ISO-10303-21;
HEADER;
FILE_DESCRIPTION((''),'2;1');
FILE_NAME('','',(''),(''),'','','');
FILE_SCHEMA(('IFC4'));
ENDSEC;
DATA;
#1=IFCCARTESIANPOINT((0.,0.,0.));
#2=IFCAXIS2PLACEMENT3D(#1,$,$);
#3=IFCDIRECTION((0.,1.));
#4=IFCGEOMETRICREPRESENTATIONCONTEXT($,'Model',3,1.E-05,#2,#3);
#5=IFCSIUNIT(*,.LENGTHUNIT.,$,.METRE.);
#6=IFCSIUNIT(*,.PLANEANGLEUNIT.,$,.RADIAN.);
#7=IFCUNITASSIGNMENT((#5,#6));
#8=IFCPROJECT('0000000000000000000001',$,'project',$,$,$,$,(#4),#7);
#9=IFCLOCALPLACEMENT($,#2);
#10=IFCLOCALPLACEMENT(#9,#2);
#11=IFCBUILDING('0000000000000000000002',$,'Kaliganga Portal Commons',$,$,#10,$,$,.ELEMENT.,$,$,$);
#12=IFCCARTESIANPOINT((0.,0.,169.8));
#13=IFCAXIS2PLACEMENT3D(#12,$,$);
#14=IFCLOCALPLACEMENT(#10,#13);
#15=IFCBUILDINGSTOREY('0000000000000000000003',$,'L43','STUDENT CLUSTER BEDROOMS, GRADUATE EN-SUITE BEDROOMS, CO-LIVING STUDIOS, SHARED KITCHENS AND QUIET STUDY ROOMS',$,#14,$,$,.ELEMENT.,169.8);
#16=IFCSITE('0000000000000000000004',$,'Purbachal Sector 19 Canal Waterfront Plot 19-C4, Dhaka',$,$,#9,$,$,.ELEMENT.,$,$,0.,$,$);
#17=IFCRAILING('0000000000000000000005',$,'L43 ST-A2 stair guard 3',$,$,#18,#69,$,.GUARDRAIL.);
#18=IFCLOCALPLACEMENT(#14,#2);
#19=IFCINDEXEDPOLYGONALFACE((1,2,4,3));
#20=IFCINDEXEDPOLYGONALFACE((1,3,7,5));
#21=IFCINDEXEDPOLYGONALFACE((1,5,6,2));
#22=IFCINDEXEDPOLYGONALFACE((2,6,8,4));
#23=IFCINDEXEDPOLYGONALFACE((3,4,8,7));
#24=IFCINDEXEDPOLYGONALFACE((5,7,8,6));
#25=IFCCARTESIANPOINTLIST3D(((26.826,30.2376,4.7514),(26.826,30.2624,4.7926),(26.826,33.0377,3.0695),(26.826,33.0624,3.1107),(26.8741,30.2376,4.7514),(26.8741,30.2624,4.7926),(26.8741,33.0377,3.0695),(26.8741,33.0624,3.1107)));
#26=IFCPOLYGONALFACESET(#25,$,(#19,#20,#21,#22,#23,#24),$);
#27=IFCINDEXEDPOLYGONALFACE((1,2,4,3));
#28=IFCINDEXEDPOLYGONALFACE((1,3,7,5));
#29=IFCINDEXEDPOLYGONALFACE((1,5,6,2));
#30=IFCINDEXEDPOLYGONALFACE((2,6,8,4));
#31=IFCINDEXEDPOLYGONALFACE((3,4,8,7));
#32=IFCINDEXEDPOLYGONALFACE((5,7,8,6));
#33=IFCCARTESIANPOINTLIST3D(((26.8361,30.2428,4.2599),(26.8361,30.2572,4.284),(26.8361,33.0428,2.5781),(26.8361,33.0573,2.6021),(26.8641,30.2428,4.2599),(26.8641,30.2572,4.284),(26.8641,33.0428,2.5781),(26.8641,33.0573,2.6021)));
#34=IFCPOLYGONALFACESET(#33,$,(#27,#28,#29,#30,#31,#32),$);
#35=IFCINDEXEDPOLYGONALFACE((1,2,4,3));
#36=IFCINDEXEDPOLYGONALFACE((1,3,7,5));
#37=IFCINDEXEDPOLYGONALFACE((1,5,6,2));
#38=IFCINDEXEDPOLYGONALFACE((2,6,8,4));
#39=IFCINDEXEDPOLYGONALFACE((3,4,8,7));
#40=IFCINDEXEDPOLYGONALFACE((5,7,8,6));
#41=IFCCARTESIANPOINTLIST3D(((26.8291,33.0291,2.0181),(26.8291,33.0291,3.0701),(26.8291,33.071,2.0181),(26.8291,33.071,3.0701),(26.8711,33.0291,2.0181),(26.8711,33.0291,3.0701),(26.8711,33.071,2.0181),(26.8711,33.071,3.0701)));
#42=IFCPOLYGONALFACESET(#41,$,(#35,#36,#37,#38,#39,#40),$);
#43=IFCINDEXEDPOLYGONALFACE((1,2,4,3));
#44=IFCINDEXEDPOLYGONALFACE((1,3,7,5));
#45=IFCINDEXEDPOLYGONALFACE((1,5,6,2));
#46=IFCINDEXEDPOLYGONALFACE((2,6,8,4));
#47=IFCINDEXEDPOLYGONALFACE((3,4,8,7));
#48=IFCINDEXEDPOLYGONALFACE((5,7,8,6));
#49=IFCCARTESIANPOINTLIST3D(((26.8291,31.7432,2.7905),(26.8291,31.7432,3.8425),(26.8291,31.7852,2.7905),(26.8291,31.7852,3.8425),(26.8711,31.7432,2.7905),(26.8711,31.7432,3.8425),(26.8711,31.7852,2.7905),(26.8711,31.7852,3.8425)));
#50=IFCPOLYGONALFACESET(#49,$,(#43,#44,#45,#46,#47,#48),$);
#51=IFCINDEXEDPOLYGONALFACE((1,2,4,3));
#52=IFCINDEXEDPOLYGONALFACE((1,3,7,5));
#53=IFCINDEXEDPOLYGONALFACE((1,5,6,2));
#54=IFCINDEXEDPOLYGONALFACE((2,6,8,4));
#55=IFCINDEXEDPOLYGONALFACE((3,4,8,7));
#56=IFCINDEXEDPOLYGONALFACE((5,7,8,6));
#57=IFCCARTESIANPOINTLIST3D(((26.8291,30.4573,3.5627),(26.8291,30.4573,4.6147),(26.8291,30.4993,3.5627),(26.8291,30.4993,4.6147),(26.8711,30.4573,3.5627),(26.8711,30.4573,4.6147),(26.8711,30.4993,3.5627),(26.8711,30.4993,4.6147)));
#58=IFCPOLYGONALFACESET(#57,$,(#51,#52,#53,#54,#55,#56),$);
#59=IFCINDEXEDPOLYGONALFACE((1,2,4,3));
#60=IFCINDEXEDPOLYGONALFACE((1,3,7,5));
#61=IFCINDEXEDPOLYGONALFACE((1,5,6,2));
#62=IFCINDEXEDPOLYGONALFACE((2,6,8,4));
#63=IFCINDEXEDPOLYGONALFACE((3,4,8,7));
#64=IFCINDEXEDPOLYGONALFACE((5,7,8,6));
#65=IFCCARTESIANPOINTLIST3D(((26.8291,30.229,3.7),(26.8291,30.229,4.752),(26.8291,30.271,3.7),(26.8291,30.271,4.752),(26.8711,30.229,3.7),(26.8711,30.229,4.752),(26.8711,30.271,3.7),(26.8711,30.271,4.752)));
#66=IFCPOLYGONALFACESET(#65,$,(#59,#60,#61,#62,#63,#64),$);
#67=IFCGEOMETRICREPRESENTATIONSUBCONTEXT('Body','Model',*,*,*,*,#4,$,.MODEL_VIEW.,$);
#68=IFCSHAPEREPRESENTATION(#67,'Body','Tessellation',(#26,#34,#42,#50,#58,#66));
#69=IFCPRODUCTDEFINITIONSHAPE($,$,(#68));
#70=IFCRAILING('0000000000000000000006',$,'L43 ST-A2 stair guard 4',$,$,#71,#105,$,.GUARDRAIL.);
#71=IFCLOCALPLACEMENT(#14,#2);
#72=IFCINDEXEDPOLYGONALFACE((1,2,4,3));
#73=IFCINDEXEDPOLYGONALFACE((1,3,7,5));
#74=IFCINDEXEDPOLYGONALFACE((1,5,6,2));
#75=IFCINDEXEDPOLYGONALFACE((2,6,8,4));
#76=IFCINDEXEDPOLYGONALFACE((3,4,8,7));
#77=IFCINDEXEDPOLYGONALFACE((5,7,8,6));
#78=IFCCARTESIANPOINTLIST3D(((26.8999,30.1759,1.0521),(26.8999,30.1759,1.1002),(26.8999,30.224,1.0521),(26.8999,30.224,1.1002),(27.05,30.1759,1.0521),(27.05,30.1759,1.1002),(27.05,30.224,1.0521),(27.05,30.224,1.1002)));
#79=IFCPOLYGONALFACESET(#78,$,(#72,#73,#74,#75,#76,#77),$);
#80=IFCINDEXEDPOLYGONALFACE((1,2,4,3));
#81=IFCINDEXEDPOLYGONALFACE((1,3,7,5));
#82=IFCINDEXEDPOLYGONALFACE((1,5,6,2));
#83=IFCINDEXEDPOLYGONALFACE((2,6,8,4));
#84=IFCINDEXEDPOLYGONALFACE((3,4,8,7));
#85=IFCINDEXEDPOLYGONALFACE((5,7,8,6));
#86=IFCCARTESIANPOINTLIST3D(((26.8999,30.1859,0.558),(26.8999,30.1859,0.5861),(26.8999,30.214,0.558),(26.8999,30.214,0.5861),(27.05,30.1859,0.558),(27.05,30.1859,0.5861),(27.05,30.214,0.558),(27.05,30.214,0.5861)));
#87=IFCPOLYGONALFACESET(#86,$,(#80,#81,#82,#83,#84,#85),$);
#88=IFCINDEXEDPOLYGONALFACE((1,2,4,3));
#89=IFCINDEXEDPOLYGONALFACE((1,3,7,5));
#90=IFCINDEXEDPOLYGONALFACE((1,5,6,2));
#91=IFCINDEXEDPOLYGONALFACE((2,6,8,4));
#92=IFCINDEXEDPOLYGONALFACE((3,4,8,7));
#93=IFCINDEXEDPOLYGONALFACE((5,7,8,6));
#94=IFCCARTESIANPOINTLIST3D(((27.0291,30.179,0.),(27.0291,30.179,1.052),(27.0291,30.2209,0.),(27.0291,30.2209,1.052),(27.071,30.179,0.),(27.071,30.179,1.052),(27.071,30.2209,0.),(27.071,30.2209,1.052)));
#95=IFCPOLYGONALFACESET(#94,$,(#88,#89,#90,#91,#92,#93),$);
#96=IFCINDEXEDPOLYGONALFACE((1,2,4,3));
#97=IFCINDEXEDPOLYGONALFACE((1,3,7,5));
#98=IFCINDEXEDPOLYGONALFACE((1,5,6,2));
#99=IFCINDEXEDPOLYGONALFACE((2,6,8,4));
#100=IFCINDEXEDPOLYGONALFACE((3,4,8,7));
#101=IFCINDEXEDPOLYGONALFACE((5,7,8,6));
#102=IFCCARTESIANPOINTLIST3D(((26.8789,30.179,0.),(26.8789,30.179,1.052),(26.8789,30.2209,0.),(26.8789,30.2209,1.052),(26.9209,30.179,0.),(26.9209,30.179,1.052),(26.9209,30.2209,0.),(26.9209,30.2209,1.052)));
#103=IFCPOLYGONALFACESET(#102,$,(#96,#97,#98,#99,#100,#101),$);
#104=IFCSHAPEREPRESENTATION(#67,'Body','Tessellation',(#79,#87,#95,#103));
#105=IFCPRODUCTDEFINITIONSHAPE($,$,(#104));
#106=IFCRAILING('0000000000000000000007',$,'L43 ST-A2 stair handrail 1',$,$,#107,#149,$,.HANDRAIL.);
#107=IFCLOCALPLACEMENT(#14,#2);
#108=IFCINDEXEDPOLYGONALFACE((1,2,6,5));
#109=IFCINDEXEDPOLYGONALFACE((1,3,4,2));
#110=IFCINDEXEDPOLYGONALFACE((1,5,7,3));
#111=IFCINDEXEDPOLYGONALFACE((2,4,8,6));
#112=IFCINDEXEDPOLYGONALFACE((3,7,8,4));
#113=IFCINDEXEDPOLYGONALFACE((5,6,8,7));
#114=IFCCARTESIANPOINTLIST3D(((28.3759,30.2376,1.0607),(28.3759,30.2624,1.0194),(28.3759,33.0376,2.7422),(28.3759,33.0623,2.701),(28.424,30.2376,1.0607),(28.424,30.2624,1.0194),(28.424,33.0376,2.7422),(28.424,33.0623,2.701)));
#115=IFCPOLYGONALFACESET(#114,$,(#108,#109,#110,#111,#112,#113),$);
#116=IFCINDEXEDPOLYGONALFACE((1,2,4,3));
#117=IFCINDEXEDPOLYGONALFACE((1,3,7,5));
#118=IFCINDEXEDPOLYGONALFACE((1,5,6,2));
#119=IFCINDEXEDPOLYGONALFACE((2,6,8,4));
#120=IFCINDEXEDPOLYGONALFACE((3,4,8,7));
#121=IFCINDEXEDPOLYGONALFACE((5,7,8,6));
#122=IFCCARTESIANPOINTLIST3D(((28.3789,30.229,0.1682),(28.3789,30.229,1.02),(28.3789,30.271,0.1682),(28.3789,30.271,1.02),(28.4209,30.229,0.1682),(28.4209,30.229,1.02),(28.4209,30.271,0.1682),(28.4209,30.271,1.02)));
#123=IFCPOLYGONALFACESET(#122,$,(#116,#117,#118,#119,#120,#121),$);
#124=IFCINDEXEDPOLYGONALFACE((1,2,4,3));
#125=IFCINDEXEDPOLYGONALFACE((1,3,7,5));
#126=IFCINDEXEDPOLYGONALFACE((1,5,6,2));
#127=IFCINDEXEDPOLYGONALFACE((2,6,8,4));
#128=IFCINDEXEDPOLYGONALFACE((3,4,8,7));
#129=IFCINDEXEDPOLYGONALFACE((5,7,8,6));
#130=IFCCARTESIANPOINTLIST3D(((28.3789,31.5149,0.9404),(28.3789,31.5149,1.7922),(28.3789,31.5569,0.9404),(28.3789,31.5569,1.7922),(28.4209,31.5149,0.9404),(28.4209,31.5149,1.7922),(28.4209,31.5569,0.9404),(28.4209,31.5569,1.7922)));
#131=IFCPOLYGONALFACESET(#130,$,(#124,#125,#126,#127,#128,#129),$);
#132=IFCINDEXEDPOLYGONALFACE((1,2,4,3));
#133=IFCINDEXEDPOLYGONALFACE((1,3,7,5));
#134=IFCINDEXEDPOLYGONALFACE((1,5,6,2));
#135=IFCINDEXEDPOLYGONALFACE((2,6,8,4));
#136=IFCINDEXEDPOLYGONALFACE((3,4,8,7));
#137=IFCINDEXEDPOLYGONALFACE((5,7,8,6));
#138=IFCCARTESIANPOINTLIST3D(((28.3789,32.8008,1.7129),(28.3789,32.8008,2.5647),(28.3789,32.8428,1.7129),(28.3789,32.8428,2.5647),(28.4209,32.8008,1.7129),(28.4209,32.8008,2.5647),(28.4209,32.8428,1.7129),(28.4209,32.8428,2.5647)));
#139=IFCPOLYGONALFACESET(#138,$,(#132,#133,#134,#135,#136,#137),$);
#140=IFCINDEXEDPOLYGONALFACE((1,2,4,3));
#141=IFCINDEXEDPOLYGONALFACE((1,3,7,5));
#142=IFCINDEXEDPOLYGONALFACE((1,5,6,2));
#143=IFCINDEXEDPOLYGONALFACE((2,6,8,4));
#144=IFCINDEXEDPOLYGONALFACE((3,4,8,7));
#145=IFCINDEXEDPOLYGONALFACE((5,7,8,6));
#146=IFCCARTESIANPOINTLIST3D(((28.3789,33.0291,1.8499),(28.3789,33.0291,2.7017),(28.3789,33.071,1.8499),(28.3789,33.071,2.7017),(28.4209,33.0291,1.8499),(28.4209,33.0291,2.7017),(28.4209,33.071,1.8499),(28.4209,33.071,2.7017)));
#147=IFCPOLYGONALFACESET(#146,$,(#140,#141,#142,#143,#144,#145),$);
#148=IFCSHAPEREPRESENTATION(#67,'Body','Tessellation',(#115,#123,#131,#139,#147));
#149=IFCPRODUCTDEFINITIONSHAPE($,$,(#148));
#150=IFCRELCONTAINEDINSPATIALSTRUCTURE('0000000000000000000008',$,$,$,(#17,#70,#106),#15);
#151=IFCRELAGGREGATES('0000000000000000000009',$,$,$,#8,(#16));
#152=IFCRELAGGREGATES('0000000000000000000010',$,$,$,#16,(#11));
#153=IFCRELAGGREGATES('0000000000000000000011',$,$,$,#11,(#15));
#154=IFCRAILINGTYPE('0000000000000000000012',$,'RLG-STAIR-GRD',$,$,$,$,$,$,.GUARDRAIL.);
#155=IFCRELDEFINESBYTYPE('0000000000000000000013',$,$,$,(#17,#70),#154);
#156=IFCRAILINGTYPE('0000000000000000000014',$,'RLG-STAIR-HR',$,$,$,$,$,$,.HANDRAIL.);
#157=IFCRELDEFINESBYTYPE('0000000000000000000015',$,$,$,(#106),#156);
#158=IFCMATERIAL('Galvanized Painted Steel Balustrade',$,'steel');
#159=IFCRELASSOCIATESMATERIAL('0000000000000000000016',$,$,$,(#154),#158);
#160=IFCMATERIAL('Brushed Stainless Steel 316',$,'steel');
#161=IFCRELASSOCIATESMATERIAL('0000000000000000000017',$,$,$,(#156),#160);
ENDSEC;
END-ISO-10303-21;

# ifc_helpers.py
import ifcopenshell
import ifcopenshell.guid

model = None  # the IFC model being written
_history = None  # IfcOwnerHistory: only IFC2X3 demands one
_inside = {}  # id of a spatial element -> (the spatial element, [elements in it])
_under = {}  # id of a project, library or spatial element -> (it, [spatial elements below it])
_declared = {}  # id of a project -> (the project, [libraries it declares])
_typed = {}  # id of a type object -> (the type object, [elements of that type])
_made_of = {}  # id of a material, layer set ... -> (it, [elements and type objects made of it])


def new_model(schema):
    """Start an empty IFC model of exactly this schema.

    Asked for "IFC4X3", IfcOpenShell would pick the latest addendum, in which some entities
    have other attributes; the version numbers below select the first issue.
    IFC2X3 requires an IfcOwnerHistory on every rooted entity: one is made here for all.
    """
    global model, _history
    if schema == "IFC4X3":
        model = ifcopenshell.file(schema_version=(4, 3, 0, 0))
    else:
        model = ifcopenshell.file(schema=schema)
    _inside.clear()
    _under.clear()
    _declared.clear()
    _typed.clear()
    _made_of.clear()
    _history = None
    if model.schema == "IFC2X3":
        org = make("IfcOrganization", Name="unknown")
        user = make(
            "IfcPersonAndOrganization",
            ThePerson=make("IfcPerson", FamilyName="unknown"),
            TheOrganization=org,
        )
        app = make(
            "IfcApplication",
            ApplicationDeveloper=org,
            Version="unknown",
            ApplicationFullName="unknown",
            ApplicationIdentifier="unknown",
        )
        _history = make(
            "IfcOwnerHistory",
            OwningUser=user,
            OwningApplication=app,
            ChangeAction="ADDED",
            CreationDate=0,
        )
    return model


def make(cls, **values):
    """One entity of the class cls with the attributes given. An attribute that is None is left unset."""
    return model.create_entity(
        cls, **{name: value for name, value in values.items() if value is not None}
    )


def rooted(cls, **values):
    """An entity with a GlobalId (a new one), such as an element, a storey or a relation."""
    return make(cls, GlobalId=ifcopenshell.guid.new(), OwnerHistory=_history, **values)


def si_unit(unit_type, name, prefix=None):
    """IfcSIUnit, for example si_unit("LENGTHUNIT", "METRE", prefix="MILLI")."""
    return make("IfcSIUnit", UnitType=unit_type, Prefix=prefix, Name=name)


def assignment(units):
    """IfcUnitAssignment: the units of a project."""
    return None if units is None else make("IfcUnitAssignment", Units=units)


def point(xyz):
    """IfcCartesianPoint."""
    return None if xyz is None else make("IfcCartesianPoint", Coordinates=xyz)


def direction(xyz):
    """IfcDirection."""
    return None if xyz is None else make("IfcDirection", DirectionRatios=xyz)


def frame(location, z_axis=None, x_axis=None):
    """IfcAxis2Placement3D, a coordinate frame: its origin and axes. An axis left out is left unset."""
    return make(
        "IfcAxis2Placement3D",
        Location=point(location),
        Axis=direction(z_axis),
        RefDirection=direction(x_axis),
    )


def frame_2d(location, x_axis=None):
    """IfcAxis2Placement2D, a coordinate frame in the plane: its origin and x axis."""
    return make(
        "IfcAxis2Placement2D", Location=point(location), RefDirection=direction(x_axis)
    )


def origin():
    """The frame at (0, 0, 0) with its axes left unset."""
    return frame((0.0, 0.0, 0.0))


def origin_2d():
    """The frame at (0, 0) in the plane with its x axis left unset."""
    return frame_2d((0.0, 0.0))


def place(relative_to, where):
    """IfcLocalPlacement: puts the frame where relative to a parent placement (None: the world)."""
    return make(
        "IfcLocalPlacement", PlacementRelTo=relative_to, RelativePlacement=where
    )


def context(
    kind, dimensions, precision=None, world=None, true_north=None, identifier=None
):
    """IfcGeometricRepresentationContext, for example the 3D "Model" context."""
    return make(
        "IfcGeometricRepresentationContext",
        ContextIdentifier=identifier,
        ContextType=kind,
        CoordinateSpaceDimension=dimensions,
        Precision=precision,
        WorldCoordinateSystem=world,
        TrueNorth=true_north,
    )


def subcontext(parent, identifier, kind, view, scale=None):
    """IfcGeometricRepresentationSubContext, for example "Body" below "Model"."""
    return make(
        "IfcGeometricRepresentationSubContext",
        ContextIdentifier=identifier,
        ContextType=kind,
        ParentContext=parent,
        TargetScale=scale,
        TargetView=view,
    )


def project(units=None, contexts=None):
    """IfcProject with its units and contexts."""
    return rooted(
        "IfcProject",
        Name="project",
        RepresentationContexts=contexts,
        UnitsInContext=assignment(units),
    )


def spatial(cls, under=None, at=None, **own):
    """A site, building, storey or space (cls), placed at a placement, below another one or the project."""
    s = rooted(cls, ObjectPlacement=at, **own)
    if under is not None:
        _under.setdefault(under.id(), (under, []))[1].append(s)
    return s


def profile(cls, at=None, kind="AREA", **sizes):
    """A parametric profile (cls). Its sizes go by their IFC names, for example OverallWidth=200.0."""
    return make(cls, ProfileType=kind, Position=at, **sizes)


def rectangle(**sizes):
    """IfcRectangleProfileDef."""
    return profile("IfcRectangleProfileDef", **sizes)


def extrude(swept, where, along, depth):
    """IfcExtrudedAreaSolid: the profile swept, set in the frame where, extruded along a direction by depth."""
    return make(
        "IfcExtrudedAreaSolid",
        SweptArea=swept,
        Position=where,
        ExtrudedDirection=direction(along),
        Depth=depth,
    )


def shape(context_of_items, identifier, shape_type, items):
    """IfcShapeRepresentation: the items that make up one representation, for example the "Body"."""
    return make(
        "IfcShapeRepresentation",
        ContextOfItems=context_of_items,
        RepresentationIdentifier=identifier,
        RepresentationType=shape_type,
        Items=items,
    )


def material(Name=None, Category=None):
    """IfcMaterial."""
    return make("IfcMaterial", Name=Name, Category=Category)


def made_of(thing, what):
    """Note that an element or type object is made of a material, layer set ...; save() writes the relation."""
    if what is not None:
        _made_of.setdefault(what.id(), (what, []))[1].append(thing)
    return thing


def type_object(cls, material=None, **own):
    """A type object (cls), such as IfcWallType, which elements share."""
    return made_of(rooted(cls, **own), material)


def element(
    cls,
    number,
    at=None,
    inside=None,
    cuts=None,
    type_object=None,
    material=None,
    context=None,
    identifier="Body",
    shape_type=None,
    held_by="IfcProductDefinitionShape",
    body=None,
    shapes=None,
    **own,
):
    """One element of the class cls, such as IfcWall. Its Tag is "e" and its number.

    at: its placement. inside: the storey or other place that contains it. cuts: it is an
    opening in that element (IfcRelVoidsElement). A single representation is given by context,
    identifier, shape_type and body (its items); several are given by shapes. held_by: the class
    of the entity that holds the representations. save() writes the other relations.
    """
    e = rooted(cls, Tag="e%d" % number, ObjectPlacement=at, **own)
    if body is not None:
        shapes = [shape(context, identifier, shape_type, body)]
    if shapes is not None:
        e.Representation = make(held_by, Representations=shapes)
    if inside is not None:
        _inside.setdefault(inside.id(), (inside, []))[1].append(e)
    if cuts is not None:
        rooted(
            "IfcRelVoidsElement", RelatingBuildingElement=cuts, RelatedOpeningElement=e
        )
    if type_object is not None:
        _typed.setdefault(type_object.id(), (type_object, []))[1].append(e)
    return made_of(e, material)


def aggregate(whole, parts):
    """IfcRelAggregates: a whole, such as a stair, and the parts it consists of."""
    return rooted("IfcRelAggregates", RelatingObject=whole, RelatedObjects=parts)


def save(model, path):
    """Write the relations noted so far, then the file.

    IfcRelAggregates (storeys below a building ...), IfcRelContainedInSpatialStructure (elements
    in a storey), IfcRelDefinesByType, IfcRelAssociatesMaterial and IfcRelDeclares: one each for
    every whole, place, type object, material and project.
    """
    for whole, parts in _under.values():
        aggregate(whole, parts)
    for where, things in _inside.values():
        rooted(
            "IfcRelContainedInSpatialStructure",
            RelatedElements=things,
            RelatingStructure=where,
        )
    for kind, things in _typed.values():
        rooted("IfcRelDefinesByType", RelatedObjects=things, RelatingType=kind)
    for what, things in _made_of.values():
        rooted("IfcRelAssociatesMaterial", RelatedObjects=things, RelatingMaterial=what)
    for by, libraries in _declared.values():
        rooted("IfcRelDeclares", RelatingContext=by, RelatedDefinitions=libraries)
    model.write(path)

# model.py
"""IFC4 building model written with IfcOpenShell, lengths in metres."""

from ifc_helpers import new_model, si_unit, direction, frame, origin, origin_2d, place, context, subcontext, project, spatial, rectangle, extrude, material, type_object, element, save


model = new_model("IFC4")

# Units and contexts
model_context = context("Model", 3, precision=1e-05, world=origin(), true_north=direction((0.0, 1.0)))
body_context = subcontext(model_context, "Body", "Model", "MODEL_VIEW")
ifc_project = project(units=[si_unit("LENGTHUNIT", "METRE"), si_unit("PLANEANGLEUNIT", "RADIAN")], contexts=[model_context])

# Site, building, storey
site_placement = place(None, origin())
site = spatial("IfcSite", under=ifc_project, at=site_placement, Name="Purbachal Sector 19 Canal Waterfront Plot 19-C4, Dhaka", CompositionType="ELEMENT", RefElevation=0.0)
building_placement = place(site_placement, origin())
building = spatial("IfcBuilding", under=site, at=building_placement, Name="Kaliganga Portal Commons", CompositionType="ELEMENT")
storey_placement = place(building_placement, frame((0.0, 0.0, 169.8)))
storey = spatial("IfcBuildingStorey", under=building, at=storey_placement, Name="L43", Description="STUDENT CLUSTER BEDROOMS, GRADUATE EN-SUITE BEDROOMS, CO-LIVING STUDIOS, SHARED KITCHENS AND QUIET STUDY ROOMS", CompositionType="ELEMENT", Elevation=169.8)

# Railings
ifc_material_1 = material(Name="Galvanized Painted Steel Balustrade", Category="steel")
railing_type_1 = type_object("IfcRailingType", Name="RLG-STAIR-GRD", PredefinedType="GUARDRAIL", material=ifc_material_1)
railing_1_placement = place(storey_placement, frame((26.8501, 33.05, 2.0181)))
element("IfcRailing", 1, at=railing_1_placement, inside=storey, type_object=railing_type_1, Name="L43 ST-A2 stair guard 3", PredefinedType="GUARDRAIL", context=body_context, shape_type="SweptSolid", body=[
    extrude(rectangle(XDim=0.0481, YDim=0.0481, at=origin_2d()), frame((0.0, 0.0, 1.072), z_axis=(0.0, -0.857242, 0.514913), x_axis=(1.0, 0.0, 0.0)), (0.0, 0.0, 1.0), 3.2664),
    extrude(rectangle(XDim=0.0281, YDim=0.0281, at=origin_2d()), frame((0.0, 0.0, 0.572), z_axis=(0.0, -0.857242, 0.514913), x_axis=(1.0, 0.0, 0.0)), (0.0, 0.0, 1.0), 3.2664),
    extrude(rectangle(XDim=0.042, YDim=0.042, at=origin_2d()), origin(), (0.0, 0.0, 1.0), 1.052),
    extrude(rectangle(XDim=0.042, YDim=0.042, at=origin_2d()), frame((0.0, -1.2859, 0.7725)), (0.0, 0.0, 1.0), 1.052),
    extrude(rectangle(XDim=0.042, YDim=0.042, at=origin_2d()), frame((0.0, -2.5718, 1.5447)), (0.0, 0.0, 1.0), 1.052),
    extrude(rectangle(XDim=0.042, YDim=0.042, at=origin_2d()), frame((0.0, -2.8, 1.6819)), (0.0, 0.0, 1.0), 1.052),
])
railing_2_placement = place(storey_placement, frame((27.05, 30.2, 0.0)))
element("IfcRailing", 2, at=railing_2_placement, inside=storey, type_object=railing_type_1, Name="L43 ST-A2 stair guard 4", PredefinedType="GUARDRAIL", context=body_context, shape_type="SweptSolid", body=[
    extrude(rectangle(XDim=0.0481, YDim=0.0481, at=origin_2d()), frame((0.0, 0.0, 1.0762), z_axis=(-1.0, 0.0, 0.0), x_axis=(0.0, -1.0, 0.0)), (0.0, 0.0, 1.0), 0.1501),
    extrude(rectangle(XDim=0.0281, YDim=0.0281, at=origin_2d()), frame((0.0, 0.0, 0.572), z_axis=(-1.0, 0.0, 0.0), x_axis=(0.0, -1.0, 0.0)), (0.0, 0.0, 1.0), 0.1501),
    extrude(rectangle(XDim=0.042, YDim=0.042, at=origin_2d()), origin(), (0.0, 0.0, 1.0), 1.052),
    extrude(rectangle(XDim=0.042, YDim=0.042, at=origin_2d()), frame((-0.1501, 0.0, 0.0)), (0.0, 0.0, 1.0), 1.052),
])
ifc_material_2 = material(Name="Brushed Stainless Steel 316", Category="steel")
railing_type_2 = type_object("IfcRailingType", Name="RLG-STAIR-HR", PredefinedType="HANDRAIL", material=ifc_material_2)
railing_3_placement = place(storey_placement, frame((28.3999, 30.25, 0.1682)))
element("IfcRailing", 3, at=railing_3_placement, inside=storey, type_object=railing_type_2, Name="L43 ST-A2 stair handrail 1", PredefinedType="HANDRAIL", context=body_context, shape_type="SweptSolid", body=[
    extrude(rectangle(XDim=0.0481, YDim=0.0481, at=origin_2d()), frame((0.0, 0.0, 0.8718), z_axis=(0.0, 0.857275, 0.514858), x_axis=(-1.0, 0.0, 0.0)), (0.0, 0.0, 1.0), 3.2661),
    extrude(rectangle(XDim=0.042, YDim=0.042, at=origin_2d()), origin(), (0.0, 0.0, 1.0), 0.8518),
    extrude(rectangle(XDim=0.042, YDim=0.042, at=origin_2d()), frame((0.0, 1.2859, 0.7722)), (0.0, 0.0, 1.0), 0.8518),
    extrude(rectangle(XDim=0.042, YDim=0.042, at=origin_2d()), frame((0.0, 2.5718, 1.5447)), (0.0, 0.0, 1.0), 0.8518),
    extrude(rectangle(XDim=0.042, YDim=0.042, at=origin_2d()), frame((0.0, 2.8, 1.6816)), (0.0, 0.0, 1.0), 0.8518),
])

save(model, "model.ifc")
